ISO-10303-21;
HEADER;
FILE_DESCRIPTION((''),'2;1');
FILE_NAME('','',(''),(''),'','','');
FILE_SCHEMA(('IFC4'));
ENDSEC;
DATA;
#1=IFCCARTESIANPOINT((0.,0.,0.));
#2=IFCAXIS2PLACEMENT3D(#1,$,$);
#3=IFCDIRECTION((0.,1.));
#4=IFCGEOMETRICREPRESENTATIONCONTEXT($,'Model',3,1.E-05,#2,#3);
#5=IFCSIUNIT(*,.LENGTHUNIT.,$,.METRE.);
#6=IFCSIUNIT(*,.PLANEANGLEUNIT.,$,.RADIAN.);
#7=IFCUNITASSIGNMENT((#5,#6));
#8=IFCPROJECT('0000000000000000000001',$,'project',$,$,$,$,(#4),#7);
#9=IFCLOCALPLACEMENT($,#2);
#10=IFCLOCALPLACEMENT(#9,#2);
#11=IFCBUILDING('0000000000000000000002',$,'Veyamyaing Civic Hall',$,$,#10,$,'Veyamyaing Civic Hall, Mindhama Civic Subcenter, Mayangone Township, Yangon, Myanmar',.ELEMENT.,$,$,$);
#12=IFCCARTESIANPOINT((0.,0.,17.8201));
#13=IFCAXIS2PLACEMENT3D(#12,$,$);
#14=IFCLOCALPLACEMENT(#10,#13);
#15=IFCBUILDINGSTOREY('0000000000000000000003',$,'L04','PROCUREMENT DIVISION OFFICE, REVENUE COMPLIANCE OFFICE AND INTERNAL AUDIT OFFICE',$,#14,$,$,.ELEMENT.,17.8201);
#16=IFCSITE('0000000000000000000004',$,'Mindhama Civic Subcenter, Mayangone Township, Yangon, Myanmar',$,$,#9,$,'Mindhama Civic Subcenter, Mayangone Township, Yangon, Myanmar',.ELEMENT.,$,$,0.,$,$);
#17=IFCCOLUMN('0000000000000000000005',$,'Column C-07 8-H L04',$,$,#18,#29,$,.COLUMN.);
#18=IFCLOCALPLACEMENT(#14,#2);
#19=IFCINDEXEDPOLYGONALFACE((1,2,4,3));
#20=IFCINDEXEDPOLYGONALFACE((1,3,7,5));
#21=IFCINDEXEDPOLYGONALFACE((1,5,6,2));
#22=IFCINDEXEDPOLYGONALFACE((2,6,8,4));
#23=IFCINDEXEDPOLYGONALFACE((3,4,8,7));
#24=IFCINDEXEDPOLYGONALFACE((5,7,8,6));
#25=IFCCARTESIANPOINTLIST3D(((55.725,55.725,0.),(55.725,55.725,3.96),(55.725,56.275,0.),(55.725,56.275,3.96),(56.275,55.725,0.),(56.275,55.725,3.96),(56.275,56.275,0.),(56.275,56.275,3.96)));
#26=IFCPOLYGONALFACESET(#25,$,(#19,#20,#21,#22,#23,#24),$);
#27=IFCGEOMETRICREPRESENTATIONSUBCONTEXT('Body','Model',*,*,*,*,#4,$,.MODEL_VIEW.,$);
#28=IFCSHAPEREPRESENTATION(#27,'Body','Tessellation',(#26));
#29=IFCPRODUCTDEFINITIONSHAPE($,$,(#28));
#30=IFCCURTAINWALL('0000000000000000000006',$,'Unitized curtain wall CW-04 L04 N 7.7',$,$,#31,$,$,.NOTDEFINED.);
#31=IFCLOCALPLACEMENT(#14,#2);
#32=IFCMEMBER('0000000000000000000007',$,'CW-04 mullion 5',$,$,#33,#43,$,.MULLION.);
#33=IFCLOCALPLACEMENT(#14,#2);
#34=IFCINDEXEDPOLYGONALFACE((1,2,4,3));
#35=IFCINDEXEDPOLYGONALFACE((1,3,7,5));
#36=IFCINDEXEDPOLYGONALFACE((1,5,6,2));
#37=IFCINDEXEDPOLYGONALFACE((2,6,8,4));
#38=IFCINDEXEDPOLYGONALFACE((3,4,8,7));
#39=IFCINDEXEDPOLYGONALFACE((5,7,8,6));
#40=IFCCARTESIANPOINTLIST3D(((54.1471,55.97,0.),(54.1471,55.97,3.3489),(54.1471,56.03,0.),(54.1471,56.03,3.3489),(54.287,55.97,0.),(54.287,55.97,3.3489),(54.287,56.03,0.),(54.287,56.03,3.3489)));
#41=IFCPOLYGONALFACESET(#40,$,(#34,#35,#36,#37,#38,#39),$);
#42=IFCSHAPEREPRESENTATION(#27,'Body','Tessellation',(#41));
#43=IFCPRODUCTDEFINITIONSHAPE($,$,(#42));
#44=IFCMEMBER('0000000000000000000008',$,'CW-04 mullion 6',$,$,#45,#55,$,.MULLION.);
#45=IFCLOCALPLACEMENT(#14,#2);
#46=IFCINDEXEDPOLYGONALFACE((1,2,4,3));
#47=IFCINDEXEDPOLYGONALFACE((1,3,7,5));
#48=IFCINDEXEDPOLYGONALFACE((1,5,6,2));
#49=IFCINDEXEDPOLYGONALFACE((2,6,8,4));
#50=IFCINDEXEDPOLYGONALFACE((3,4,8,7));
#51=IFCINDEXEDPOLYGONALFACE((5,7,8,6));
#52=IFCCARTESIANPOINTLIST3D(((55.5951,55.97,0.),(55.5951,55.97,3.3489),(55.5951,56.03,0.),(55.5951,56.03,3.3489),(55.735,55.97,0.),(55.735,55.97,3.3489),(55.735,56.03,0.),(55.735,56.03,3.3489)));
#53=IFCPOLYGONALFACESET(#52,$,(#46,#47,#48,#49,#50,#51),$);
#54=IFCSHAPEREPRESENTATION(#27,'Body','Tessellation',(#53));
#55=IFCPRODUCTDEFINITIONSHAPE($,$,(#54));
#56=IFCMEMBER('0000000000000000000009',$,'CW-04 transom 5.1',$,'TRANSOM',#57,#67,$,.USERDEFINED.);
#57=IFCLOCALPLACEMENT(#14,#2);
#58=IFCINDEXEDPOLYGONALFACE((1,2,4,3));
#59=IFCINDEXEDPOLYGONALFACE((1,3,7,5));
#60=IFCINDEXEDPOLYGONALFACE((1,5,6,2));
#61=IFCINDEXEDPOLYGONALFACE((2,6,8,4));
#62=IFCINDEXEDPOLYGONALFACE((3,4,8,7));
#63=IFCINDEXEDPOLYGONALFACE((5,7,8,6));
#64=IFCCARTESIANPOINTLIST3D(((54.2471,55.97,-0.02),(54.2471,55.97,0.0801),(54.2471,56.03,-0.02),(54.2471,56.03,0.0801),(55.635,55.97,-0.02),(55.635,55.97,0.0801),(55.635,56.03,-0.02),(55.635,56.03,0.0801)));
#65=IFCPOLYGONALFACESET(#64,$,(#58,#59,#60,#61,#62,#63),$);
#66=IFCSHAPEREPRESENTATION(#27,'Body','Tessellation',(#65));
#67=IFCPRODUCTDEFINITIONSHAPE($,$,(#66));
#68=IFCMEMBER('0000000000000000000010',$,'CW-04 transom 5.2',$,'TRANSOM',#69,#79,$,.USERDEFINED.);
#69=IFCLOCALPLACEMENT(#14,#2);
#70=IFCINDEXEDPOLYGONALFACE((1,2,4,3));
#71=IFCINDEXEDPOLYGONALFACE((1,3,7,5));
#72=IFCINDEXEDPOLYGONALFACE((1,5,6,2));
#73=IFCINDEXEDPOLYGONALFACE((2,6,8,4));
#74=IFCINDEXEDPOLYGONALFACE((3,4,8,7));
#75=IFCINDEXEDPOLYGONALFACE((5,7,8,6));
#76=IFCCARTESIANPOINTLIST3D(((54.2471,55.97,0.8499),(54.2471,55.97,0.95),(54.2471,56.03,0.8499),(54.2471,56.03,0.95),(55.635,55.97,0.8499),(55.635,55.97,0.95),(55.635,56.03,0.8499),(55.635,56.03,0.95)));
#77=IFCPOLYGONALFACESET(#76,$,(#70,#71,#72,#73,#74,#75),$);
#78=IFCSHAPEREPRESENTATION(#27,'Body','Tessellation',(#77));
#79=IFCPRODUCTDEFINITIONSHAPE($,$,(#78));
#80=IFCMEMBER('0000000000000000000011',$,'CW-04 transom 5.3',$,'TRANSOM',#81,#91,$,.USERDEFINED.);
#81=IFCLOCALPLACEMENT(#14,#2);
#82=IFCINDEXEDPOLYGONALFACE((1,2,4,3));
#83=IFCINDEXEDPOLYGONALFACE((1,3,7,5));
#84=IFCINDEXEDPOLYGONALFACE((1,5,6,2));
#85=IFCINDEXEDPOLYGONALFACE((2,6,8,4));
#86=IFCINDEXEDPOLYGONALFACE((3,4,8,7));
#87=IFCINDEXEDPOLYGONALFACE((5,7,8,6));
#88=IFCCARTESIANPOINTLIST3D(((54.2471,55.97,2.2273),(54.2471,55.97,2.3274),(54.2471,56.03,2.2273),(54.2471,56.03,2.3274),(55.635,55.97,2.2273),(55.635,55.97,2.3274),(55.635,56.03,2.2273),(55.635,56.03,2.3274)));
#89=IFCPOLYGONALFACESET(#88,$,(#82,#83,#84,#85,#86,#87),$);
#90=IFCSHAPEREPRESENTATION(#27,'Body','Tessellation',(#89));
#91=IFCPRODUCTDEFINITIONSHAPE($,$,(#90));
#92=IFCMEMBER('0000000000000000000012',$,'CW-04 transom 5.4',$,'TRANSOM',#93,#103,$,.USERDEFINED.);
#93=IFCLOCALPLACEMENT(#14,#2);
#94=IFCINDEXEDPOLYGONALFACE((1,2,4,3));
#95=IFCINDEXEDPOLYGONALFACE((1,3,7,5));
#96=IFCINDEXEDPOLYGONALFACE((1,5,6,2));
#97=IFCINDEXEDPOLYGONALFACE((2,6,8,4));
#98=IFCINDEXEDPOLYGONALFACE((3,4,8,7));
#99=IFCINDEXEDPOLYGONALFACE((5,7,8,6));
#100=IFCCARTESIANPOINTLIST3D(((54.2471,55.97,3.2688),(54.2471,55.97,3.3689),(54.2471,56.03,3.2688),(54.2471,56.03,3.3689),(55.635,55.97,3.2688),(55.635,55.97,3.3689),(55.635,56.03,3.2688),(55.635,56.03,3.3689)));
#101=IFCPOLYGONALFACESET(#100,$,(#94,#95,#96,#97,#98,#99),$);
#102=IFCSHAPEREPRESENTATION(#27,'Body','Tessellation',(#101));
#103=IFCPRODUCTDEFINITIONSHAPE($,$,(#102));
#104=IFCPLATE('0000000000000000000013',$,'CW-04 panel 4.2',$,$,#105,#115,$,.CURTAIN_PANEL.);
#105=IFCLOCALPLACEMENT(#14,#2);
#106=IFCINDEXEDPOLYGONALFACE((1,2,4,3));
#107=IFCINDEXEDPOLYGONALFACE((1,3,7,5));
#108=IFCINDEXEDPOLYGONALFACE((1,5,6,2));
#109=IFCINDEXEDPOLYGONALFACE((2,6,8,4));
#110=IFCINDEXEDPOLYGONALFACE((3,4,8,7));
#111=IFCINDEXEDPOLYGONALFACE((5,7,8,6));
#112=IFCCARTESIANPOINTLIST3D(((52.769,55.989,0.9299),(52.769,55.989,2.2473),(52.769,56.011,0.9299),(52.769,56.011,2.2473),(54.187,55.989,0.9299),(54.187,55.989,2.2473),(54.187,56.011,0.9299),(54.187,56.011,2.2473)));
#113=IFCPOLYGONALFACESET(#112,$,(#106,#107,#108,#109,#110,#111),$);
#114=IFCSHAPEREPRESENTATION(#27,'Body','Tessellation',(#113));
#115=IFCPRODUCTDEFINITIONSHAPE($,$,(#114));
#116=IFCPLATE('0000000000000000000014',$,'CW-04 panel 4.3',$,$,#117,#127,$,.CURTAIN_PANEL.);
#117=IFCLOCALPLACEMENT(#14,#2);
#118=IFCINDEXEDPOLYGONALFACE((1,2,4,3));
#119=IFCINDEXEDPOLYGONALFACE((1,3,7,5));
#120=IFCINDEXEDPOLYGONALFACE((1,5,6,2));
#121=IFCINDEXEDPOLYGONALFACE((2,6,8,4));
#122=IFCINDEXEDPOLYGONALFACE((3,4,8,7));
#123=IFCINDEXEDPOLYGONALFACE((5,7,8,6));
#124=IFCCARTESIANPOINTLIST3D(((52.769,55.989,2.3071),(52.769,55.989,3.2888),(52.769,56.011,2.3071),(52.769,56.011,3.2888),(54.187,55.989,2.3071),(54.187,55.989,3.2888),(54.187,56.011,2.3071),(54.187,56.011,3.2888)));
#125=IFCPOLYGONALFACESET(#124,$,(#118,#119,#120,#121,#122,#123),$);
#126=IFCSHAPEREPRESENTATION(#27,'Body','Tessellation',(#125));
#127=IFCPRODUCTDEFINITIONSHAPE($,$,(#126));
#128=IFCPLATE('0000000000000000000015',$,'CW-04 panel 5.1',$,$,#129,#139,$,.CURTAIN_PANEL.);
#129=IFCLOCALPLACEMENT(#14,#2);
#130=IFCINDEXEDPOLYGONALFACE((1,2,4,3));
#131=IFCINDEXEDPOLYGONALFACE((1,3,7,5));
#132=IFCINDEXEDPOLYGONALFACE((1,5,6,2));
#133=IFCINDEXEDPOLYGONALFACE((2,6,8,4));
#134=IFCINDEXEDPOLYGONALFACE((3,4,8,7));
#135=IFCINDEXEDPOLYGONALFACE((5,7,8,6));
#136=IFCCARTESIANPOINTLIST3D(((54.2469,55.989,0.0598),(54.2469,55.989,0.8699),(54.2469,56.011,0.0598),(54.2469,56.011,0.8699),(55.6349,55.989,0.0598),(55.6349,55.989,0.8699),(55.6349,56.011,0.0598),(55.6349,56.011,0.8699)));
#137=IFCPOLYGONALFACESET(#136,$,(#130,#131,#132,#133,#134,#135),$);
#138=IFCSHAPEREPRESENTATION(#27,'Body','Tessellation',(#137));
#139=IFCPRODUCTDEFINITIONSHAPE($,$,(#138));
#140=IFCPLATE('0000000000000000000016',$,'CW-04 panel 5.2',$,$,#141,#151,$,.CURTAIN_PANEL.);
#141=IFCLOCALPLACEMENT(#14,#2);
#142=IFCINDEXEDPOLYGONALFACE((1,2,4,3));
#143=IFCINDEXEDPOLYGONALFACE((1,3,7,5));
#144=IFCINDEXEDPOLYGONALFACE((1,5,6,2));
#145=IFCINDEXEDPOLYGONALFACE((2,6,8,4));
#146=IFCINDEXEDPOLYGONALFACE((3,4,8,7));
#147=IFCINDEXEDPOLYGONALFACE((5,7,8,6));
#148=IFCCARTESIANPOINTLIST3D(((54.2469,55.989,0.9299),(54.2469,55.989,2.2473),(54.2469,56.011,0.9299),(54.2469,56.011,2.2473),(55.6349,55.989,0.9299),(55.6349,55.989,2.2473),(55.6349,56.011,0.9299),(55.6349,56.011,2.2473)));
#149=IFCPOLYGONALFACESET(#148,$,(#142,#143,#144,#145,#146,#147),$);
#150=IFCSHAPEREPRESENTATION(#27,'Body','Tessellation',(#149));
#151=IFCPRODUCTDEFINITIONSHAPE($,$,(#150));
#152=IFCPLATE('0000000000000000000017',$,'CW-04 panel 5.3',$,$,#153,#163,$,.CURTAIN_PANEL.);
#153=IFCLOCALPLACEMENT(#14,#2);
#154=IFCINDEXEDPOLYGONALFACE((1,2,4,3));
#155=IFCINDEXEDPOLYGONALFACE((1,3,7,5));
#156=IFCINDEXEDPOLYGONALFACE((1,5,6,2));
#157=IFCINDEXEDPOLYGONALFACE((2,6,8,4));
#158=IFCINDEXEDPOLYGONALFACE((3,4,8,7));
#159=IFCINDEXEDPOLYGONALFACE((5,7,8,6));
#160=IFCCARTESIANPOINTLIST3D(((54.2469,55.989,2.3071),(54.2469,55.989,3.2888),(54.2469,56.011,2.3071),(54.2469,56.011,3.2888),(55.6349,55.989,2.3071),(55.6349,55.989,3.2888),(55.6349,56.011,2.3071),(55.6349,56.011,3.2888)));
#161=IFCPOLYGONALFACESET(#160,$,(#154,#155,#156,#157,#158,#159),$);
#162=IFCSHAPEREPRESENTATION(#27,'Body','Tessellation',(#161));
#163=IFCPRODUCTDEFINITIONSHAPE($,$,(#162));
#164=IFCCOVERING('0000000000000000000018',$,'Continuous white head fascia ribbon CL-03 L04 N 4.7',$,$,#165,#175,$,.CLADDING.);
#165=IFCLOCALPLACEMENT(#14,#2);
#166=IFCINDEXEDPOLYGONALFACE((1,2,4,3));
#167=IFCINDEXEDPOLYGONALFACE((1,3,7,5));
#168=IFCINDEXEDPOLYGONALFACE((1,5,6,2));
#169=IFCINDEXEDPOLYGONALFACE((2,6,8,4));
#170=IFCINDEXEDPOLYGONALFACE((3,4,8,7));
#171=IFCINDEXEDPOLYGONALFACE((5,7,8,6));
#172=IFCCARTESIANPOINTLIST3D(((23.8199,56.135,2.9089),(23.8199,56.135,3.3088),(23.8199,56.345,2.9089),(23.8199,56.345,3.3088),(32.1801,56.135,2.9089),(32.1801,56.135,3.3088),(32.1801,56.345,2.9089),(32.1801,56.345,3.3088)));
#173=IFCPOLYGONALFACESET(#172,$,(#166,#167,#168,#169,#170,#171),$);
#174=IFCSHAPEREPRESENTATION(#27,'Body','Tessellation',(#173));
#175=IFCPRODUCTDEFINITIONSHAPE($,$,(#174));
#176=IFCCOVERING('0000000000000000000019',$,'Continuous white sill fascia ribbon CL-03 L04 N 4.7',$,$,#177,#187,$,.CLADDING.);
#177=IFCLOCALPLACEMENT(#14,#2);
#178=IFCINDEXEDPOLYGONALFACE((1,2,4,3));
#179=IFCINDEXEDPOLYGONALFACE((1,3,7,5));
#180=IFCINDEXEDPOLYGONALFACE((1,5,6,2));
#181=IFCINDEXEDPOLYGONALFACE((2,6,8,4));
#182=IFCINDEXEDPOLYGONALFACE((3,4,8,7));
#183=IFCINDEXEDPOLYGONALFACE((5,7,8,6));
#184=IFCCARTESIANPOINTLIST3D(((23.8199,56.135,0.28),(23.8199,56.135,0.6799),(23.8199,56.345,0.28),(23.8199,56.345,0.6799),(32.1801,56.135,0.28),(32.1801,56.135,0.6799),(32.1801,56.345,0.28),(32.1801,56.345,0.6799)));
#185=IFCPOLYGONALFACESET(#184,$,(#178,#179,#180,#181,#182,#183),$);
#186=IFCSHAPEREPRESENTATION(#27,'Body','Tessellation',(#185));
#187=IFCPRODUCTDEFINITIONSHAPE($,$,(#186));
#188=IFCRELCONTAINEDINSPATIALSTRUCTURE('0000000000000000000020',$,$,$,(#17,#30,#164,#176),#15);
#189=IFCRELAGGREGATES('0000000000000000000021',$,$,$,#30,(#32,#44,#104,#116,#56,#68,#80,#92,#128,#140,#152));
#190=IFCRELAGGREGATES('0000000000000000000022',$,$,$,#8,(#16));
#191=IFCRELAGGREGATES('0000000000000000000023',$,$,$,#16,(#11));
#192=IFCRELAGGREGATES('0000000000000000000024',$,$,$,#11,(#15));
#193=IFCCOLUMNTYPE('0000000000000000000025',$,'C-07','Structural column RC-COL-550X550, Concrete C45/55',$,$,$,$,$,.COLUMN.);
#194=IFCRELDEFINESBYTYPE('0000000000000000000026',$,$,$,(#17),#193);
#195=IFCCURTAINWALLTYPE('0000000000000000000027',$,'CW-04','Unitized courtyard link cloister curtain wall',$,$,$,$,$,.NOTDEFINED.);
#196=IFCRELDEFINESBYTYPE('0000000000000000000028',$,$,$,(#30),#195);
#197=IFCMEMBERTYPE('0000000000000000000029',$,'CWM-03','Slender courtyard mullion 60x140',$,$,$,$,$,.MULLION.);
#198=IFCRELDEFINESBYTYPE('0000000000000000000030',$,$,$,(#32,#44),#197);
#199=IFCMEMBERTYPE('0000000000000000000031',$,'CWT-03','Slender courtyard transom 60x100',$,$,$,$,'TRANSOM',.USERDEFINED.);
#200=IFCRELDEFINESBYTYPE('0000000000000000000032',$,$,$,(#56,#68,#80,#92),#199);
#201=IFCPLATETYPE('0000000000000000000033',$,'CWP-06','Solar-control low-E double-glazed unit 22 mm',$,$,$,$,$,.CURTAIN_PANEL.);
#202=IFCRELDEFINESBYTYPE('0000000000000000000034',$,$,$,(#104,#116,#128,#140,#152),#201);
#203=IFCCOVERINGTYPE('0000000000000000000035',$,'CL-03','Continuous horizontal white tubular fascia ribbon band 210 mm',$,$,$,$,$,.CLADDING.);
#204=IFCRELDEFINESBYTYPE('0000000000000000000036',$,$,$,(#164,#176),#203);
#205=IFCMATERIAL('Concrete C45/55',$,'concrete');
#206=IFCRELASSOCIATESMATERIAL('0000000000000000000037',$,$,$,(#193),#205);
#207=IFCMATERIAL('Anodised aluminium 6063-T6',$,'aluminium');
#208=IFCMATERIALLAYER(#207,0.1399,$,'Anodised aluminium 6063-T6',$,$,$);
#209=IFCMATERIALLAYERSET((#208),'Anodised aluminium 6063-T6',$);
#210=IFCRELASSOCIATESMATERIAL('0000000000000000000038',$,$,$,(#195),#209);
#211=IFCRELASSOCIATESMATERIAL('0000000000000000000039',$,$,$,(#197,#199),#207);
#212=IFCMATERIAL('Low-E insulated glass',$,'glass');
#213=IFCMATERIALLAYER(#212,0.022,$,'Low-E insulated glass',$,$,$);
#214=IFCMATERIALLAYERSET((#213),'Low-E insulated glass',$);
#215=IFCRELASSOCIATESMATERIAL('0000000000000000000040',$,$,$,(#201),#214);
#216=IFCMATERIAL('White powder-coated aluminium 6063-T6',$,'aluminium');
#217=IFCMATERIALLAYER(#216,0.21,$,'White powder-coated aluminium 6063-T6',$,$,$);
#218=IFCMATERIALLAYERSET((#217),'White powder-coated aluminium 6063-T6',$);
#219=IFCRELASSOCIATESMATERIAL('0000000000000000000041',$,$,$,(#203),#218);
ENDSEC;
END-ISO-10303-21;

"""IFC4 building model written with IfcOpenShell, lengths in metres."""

from ifc_helpers import new_model, si_unit, direction, frame, origin, origin_2d, place, context, subcontext, project, spatial, rectangle, extrude, material, layer, layer_set, material_profile, profile_set, type_object, element, aggregate, save


model = new_model("IFC4")

# Units and contexts
model_context = context("Model", 3, precision=1e-05, world=origin(), true_north=direction((0.0, 1.0)))
body_context = subcontext(model_context, "Body", "Model", "MODEL_VIEW")
ifc_project = project(units=[si_unit("LENGTHUNIT", "METRE"), si_unit("PLANEANGLEUNIT", "RADIAN")], contexts=[model_context])

# Site, building, storey
site_placement = place(None, origin())
site = spatial("IfcSite", under=ifc_project, at=site_placement, Name="Mindhama Civic Subcenter, Mayangone Township, Yangon, Myanmar", LongName="Mindhama Civic Subcenter, Mayangone Township, Yangon, Myanmar", CompositionType="ELEMENT", RefElevation=0.0)
building_placement = place(site_placement, origin())
building = spatial("IfcBuilding", under=site, at=building_placement, Name="Veyamyaing Civic Hall", LongName="Veyamyaing Civic Hall, Mindhama Civic Subcenter, Mayangone Township, Yangon, Myanmar", CompositionType="ELEMENT")
storey_placement = place(building_placement, frame((0.0, 0.0, 17.8201)))
storey = spatial("IfcBuildingStorey", under=building, at=storey_placement, Name="L04", Description="PROCUREMENT DIVISION OFFICE, REVENUE COMPLIANCE OFFICE AND INTERNAL AUDIT OFFICE", CompositionType="ELEMENT", Elevation=17.8201)

# Column
ifc_material_1 = material(Name="Concrete C45/55", Category="concrete")
ifc_material_profile_1 = material_profile(ifc_material_1, rectangle(XDim=0.55, YDim=0.55, at=origin_2d()), Name="RC-COL-550X550")
ifc_profile_set_1 = profile_set([ifc_material_profile_1], Name="Concrete C45/55")
column_type = type_object("IfcColumnType", Name="C-07", Description="Structural column RC-COL-550X550, Concrete C45/55", PredefinedType="COLUMN", material=ifc_profile_set_1)
column_placement = place(storey_placement, frame((56.0, 56.0, 0.0), z_axis=(0.0, 0.0, 1.0), x_axis=(1.0, 0.0, 0.0)))
element("IfcColumn", 1, at=column_placement, inside=storey, type_object=column_type, Name="Column C-07 8-H L04", PredefinedType="COLUMN", context=body_context, shape_type="SweptSolid", body=[
    extrude(rectangle(XDim=0.55, YDim=0.55, at=origin_2d()), origin(), (0.0, 0.0, 1.0), 3.96),
])

# Curtain wall, members, plates
ifc_material_2 = material(Name="Anodised aluminium 6063-T6", Category="aluminium")
ifc_layer_1 = layer(ifc_material_2, 0.1399, Name="Anodised aluminium 6063-T6")
ifc_layer_set_1 = layer_set([ifc_layer_1], Name="Anodised aluminium 6063-T6")
curtain_wall_type = type_object("IfcCurtainWallType", Name="CW-04", Description="Unitized courtyard link cloister curtain wall", PredefinedType="NOTDEFINED", material=ifc_layer_set_1)
curtain_wall_placement = place(storey_placement, origin())
curtain_wall = element("IfcCurtainWall", 2, at=curtain_wall_placement, inside=storey, type_object=curtain_wall_type, Name="Unitized curtain wall CW-04 L04 N 7.7", PredefinedType="NOTDEFINED")
ifc_material_profile_2 = material_profile(ifc_material_2, rectangle(XDim=0.0601, YDim=0.1399, at=origin_2d()), Name="ALU-MUL-60X140")
ifc_profile_set_2 = profile_set([ifc_material_profile_2], Name="Anodised aluminium 6063-T6")
member_type_1 = type_object("IfcMemberType", Name="CWM-03", Description="Slender courtyard mullion 60x140", PredefinedType="MULLION", material=ifc_profile_set_2)
member_1_placement = place(storey_placement, frame((54.217, 56.0, 0.0), z_axis=(0.0, 0.0, 1.0), x_axis=(0.0, 1.0, 0.0)))
member_1 = element("IfcMember", 3, at=member_1_placement, type_object=member_type_1, Name="CW-04 mullion 5", PredefinedType="MULLION", context=body_context, shape_type="SweptSolid", body=[
    extrude(rectangle(XDim=0.0601, YDim=0.1399, at=origin_2d()), origin(), (0.0, 0.0, 1.0), 3.3489),
])
member_2_placement = place(storey_placement, frame((55.665, 56.0, 0.0), z_axis=(0.0, 0.0, 1.0), x_axis=(0.0, 1.0, 0.0)))
member_2 = element("IfcMember", 4, at=member_2_placement, type_object=member_type_1, Name="CW-04 mullion 6", PredefinedType="MULLION", context=body_context, shape_type="SweptSolid", body=[
    extrude(rectangle(XDim=0.0601, YDim=0.1399, at=origin_2d()), origin(), (0.0, 0.0, 1.0), 3.3489),
])
ifc_material_profile_3 = material_profile(ifc_material_2, rectangle(XDim=0.0601, YDim=0.1001, at=origin_2d()), Name="ALU-TRN-60X100")
ifc_profile_set_3 = profile_set([ifc_material_profile_3], Name="Anodised aluminium 6063-T6")
member_type_2 = type_object("IfcMemberType", Name="CWT-03", Description="Slender courtyard transom 60x100", ElementType="TRANSOM", PredefinedType="USERDEFINED", material=ifc_profile_set_3)
member_3_placement = place(storey_placement, frame((54.2471, 56.0, 0.03), z_axis=(1.0, 0.0, 0.0), x_axis=(0.0, 1.0, 0.0)))
member_3 = element("IfcMember", 5, at=member_3_placement, type_object=member_type_2, Name="CW-04 transom 5.1", ObjectType="TRANSOM", PredefinedType="USERDEFINED", context=body_context, shape_type="SweptSolid", body=[
    extrude(rectangle(XDim=0.0601, YDim=0.1001, at=origin_2d()), origin(), (0.0, 0.0, 1.0), 1.3879),
])
member_4_placement = place(storey_placement, frame((54.2471, 56.0, 0.8999), z_axis=(1.0, 0.0, 0.0), x_axis=(0.0, 1.0, 0.0)))
member_4 = element("IfcMember", 6, at=member_4_placement, type_object=member_type_2, Name="CW-04 transom 5.2", ObjectType="TRANSOM", PredefinedType="USERDEFINED", context=body_context, shape_type="SweptSolid", body=[
    extrude(rectangle(XDim=0.0601, YDim=0.1001, at=origin_2d()), origin(), (0.0, 0.0, 1.0), 1.3879),
])
member_5_placement = place(storey_placement, frame((54.2471, 56.0, 2.2773), z_axis=(1.0, 0.0, 0.0), x_axis=(0.0, 1.0, 0.0)))
member_5 = element("IfcMember", 7, at=member_5_placement, type_object=member_type_2, Name="CW-04 transom 5.3", ObjectType="TRANSOM", PredefinedType="USERDEFINED", context=body_context, shape_type="SweptSolid", body=[
    extrude(rectangle(XDim=0.0601, YDim=0.1001, at=origin_2d()), origin(), (0.0, 0.0, 1.0), 1.3879),
])
member_6_placement = place(storey_placement, frame((54.2471, 56.0, 3.3188), z_axis=(1.0, 0.0, 0.0), x_axis=(0.0, 1.0, 0.0)))
member_6 = element("IfcMember", 8, at=member_6_placement, type_object=member_type_2, Name="CW-04 transom 5.4", ObjectType="TRANSOM", PredefinedType="USERDEFINED", context=body_context, shape_type="SweptSolid", body=[
    extrude(rectangle(XDim=0.0601, YDim=0.1001, at=origin_2d()), origin(), (0.0, 0.0, 1.0), 1.3879),
])
ifc_material_3 = material(Name="Low-E insulated glass", Category="glass")
ifc_layer_2 = layer(ifc_material_3, 0.022, Name="Low-E insulated glass")
ifc_layer_set_2 = layer_set([ifc_layer_2], Name="Low-E insulated glass")
plate_type = type_object("IfcPlateType", Name="CWP-06", Description="Solar-control low-E double-glazed unit 22 mm", PredefinedType="CURTAIN_PANEL", material=ifc_layer_set_2)
plate_1_placement = place(storey_placement, frame((53.478, 56.0, 0.9299), z_axis=(0.0, 0.0, 1.0), x_axis=(1.0, 0.0, 0.0)))
plate_1 = element("IfcPlate", 9, at=plate_1_placement, type_object=plate_type, Name="CW-04 panel 4.2", PredefinedType="CURTAIN_PANEL", context=body_context, shape_type="SweptSolid", body=[
    extrude(rectangle(XDim=1.418, YDim=0.022, at=origin_2d()), origin(), (0.0, 0.0, 1.0), 1.3174),
])
plate_2_placement = place(storey_placement, frame((53.478, 56.0, 2.3071), z_axis=(0.0, 0.0, 1.0), x_axis=(1.0, 0.0, 0.0)))
plate_2 = element("IfcPlate", 10, at=plate_2_placement, type_object=plate_type, Name="CW-04 panel 4.3", PredefinedType="CURTAIN_PANEL", context=body_context, shape_type="SweptSolid", body=[
    extrude(rectangle(XDim=1.418, YDim=0.022, at=origin_2d()), origin(), (0.0, 0.0, 1.0), 0.9817),
])
plate_3_placement = place(storey_placement, frame((54.9409, 56.0, 0.0598), z_axis=(0.0, 0.0, 1.0), x_axis=(1.0, 0.0, 0.0)))
plate_3 = element("IfcPlate", 11, at=plate_3_placement, type_object=plate_type, Name="CW-04 panel 5.1", PredefinedType="CURTAIN_PANEL", context=body_context, shape_type="SweptSolid", body=[
    extrude(rectangle(XDim=1.3879, YDim=0.022, at=origin_2d()), origin(), (0.0, 0.0, 1.0), 0.8101),
])
plate_4_placement = place(storey_placement, frame((54.9409, 56.0, 0.9299), z_axis=(0.0, 0.0, 1.0), x_axis=(1.0, 0.0, 0.0)))
plate_4 = element("IfcPlate", 12, at=plate_4_placement, type_object=plate_type, Name="CW-04 panel 5.2", PredefinedType="CURTAIN_PANEL", context=body_context, shape_type="SweptSolid", body=[
    extrude(rectangle(XDim=1.3879, YDim=0.022, at=origin_2d()), origin(), (0.0, 0.0, 1.0), 1.3174),
])
plate_5_placement = place(storey_placement, frame((54.9409, 56.0, 2.3071), z_axis=(0.0, 0.0, 1.0), x_axis=(1.0, 0.0, 0.0)))
plate_5 = element("IfcPlate", 13, at=plate_5_placement, type_object=plate_type, Name="CW-04 panel 5.3", PredefinedType="CURTAIN_PANEL", context=body_context, shape_type="SweptSolid", body=[
    extrude(rectangle(XDim=1.3879, YDim=0.022, at=origin_2d()), origin(), (0.0, 0.0, 1.0), 0.9817),
])
aggregate(curtain_wall, [member_1, member_2, plate_1, plate_2, member_3, member_4, member_5, member_6, plate_3, plate_4, plate_5])

# Coverings
ifc_material_4 = material(Name="White powder-coated aluminium 6063-T6", Category="aluminium")
ifc_layer_3 = layer(ifc_material_4, 0.21, Name="White powder-coated aluminium 6063-T6")
ifc_layer_set_3 = layer_set([ifc_layer_3], Name="White powder-coated aluminium 6063-T6")
covering_type = type_object("IfcCoveringType", Name="CL-03", Description="Continuous horizontal white tubular fascia ribbon band 210 mm", PredefinedType="CLADDING", material=ifc_layer_set_3)
for number, where, z_axis, x_axis, name in (
    (14, (28.0, 56.24, 2.9089), (0.0, 0.0, 1.0), (1.0, 0.0, 0.0), "Continuous white head fascia ribbon CL-03 L04 N 4.7"),
    (15, (28.0, 56.24, 0.28), (0.0, 0.0, 1.0), (1.0, 0.0, 0.0), "Continuous white sill fascia ribbon CL-03 L04 N 4.7"),
):
    element("IfcCovering", number, at=place(storey_placement, frame(where, z_axis=z_axis, x_axis=x_axis)), inside=storey, type_object=covering_type, Name=name, PredefinedType="CLADDING", context=body_context, shape_type="SweptSolid", body=[
        extrude(rectangle(XDim=8.3601, YDim=0.21, at=origin_2d()), origin(), (0.0, 0.0, 1.0), 0.3999),
    ])

save(model, "model.ifc")
